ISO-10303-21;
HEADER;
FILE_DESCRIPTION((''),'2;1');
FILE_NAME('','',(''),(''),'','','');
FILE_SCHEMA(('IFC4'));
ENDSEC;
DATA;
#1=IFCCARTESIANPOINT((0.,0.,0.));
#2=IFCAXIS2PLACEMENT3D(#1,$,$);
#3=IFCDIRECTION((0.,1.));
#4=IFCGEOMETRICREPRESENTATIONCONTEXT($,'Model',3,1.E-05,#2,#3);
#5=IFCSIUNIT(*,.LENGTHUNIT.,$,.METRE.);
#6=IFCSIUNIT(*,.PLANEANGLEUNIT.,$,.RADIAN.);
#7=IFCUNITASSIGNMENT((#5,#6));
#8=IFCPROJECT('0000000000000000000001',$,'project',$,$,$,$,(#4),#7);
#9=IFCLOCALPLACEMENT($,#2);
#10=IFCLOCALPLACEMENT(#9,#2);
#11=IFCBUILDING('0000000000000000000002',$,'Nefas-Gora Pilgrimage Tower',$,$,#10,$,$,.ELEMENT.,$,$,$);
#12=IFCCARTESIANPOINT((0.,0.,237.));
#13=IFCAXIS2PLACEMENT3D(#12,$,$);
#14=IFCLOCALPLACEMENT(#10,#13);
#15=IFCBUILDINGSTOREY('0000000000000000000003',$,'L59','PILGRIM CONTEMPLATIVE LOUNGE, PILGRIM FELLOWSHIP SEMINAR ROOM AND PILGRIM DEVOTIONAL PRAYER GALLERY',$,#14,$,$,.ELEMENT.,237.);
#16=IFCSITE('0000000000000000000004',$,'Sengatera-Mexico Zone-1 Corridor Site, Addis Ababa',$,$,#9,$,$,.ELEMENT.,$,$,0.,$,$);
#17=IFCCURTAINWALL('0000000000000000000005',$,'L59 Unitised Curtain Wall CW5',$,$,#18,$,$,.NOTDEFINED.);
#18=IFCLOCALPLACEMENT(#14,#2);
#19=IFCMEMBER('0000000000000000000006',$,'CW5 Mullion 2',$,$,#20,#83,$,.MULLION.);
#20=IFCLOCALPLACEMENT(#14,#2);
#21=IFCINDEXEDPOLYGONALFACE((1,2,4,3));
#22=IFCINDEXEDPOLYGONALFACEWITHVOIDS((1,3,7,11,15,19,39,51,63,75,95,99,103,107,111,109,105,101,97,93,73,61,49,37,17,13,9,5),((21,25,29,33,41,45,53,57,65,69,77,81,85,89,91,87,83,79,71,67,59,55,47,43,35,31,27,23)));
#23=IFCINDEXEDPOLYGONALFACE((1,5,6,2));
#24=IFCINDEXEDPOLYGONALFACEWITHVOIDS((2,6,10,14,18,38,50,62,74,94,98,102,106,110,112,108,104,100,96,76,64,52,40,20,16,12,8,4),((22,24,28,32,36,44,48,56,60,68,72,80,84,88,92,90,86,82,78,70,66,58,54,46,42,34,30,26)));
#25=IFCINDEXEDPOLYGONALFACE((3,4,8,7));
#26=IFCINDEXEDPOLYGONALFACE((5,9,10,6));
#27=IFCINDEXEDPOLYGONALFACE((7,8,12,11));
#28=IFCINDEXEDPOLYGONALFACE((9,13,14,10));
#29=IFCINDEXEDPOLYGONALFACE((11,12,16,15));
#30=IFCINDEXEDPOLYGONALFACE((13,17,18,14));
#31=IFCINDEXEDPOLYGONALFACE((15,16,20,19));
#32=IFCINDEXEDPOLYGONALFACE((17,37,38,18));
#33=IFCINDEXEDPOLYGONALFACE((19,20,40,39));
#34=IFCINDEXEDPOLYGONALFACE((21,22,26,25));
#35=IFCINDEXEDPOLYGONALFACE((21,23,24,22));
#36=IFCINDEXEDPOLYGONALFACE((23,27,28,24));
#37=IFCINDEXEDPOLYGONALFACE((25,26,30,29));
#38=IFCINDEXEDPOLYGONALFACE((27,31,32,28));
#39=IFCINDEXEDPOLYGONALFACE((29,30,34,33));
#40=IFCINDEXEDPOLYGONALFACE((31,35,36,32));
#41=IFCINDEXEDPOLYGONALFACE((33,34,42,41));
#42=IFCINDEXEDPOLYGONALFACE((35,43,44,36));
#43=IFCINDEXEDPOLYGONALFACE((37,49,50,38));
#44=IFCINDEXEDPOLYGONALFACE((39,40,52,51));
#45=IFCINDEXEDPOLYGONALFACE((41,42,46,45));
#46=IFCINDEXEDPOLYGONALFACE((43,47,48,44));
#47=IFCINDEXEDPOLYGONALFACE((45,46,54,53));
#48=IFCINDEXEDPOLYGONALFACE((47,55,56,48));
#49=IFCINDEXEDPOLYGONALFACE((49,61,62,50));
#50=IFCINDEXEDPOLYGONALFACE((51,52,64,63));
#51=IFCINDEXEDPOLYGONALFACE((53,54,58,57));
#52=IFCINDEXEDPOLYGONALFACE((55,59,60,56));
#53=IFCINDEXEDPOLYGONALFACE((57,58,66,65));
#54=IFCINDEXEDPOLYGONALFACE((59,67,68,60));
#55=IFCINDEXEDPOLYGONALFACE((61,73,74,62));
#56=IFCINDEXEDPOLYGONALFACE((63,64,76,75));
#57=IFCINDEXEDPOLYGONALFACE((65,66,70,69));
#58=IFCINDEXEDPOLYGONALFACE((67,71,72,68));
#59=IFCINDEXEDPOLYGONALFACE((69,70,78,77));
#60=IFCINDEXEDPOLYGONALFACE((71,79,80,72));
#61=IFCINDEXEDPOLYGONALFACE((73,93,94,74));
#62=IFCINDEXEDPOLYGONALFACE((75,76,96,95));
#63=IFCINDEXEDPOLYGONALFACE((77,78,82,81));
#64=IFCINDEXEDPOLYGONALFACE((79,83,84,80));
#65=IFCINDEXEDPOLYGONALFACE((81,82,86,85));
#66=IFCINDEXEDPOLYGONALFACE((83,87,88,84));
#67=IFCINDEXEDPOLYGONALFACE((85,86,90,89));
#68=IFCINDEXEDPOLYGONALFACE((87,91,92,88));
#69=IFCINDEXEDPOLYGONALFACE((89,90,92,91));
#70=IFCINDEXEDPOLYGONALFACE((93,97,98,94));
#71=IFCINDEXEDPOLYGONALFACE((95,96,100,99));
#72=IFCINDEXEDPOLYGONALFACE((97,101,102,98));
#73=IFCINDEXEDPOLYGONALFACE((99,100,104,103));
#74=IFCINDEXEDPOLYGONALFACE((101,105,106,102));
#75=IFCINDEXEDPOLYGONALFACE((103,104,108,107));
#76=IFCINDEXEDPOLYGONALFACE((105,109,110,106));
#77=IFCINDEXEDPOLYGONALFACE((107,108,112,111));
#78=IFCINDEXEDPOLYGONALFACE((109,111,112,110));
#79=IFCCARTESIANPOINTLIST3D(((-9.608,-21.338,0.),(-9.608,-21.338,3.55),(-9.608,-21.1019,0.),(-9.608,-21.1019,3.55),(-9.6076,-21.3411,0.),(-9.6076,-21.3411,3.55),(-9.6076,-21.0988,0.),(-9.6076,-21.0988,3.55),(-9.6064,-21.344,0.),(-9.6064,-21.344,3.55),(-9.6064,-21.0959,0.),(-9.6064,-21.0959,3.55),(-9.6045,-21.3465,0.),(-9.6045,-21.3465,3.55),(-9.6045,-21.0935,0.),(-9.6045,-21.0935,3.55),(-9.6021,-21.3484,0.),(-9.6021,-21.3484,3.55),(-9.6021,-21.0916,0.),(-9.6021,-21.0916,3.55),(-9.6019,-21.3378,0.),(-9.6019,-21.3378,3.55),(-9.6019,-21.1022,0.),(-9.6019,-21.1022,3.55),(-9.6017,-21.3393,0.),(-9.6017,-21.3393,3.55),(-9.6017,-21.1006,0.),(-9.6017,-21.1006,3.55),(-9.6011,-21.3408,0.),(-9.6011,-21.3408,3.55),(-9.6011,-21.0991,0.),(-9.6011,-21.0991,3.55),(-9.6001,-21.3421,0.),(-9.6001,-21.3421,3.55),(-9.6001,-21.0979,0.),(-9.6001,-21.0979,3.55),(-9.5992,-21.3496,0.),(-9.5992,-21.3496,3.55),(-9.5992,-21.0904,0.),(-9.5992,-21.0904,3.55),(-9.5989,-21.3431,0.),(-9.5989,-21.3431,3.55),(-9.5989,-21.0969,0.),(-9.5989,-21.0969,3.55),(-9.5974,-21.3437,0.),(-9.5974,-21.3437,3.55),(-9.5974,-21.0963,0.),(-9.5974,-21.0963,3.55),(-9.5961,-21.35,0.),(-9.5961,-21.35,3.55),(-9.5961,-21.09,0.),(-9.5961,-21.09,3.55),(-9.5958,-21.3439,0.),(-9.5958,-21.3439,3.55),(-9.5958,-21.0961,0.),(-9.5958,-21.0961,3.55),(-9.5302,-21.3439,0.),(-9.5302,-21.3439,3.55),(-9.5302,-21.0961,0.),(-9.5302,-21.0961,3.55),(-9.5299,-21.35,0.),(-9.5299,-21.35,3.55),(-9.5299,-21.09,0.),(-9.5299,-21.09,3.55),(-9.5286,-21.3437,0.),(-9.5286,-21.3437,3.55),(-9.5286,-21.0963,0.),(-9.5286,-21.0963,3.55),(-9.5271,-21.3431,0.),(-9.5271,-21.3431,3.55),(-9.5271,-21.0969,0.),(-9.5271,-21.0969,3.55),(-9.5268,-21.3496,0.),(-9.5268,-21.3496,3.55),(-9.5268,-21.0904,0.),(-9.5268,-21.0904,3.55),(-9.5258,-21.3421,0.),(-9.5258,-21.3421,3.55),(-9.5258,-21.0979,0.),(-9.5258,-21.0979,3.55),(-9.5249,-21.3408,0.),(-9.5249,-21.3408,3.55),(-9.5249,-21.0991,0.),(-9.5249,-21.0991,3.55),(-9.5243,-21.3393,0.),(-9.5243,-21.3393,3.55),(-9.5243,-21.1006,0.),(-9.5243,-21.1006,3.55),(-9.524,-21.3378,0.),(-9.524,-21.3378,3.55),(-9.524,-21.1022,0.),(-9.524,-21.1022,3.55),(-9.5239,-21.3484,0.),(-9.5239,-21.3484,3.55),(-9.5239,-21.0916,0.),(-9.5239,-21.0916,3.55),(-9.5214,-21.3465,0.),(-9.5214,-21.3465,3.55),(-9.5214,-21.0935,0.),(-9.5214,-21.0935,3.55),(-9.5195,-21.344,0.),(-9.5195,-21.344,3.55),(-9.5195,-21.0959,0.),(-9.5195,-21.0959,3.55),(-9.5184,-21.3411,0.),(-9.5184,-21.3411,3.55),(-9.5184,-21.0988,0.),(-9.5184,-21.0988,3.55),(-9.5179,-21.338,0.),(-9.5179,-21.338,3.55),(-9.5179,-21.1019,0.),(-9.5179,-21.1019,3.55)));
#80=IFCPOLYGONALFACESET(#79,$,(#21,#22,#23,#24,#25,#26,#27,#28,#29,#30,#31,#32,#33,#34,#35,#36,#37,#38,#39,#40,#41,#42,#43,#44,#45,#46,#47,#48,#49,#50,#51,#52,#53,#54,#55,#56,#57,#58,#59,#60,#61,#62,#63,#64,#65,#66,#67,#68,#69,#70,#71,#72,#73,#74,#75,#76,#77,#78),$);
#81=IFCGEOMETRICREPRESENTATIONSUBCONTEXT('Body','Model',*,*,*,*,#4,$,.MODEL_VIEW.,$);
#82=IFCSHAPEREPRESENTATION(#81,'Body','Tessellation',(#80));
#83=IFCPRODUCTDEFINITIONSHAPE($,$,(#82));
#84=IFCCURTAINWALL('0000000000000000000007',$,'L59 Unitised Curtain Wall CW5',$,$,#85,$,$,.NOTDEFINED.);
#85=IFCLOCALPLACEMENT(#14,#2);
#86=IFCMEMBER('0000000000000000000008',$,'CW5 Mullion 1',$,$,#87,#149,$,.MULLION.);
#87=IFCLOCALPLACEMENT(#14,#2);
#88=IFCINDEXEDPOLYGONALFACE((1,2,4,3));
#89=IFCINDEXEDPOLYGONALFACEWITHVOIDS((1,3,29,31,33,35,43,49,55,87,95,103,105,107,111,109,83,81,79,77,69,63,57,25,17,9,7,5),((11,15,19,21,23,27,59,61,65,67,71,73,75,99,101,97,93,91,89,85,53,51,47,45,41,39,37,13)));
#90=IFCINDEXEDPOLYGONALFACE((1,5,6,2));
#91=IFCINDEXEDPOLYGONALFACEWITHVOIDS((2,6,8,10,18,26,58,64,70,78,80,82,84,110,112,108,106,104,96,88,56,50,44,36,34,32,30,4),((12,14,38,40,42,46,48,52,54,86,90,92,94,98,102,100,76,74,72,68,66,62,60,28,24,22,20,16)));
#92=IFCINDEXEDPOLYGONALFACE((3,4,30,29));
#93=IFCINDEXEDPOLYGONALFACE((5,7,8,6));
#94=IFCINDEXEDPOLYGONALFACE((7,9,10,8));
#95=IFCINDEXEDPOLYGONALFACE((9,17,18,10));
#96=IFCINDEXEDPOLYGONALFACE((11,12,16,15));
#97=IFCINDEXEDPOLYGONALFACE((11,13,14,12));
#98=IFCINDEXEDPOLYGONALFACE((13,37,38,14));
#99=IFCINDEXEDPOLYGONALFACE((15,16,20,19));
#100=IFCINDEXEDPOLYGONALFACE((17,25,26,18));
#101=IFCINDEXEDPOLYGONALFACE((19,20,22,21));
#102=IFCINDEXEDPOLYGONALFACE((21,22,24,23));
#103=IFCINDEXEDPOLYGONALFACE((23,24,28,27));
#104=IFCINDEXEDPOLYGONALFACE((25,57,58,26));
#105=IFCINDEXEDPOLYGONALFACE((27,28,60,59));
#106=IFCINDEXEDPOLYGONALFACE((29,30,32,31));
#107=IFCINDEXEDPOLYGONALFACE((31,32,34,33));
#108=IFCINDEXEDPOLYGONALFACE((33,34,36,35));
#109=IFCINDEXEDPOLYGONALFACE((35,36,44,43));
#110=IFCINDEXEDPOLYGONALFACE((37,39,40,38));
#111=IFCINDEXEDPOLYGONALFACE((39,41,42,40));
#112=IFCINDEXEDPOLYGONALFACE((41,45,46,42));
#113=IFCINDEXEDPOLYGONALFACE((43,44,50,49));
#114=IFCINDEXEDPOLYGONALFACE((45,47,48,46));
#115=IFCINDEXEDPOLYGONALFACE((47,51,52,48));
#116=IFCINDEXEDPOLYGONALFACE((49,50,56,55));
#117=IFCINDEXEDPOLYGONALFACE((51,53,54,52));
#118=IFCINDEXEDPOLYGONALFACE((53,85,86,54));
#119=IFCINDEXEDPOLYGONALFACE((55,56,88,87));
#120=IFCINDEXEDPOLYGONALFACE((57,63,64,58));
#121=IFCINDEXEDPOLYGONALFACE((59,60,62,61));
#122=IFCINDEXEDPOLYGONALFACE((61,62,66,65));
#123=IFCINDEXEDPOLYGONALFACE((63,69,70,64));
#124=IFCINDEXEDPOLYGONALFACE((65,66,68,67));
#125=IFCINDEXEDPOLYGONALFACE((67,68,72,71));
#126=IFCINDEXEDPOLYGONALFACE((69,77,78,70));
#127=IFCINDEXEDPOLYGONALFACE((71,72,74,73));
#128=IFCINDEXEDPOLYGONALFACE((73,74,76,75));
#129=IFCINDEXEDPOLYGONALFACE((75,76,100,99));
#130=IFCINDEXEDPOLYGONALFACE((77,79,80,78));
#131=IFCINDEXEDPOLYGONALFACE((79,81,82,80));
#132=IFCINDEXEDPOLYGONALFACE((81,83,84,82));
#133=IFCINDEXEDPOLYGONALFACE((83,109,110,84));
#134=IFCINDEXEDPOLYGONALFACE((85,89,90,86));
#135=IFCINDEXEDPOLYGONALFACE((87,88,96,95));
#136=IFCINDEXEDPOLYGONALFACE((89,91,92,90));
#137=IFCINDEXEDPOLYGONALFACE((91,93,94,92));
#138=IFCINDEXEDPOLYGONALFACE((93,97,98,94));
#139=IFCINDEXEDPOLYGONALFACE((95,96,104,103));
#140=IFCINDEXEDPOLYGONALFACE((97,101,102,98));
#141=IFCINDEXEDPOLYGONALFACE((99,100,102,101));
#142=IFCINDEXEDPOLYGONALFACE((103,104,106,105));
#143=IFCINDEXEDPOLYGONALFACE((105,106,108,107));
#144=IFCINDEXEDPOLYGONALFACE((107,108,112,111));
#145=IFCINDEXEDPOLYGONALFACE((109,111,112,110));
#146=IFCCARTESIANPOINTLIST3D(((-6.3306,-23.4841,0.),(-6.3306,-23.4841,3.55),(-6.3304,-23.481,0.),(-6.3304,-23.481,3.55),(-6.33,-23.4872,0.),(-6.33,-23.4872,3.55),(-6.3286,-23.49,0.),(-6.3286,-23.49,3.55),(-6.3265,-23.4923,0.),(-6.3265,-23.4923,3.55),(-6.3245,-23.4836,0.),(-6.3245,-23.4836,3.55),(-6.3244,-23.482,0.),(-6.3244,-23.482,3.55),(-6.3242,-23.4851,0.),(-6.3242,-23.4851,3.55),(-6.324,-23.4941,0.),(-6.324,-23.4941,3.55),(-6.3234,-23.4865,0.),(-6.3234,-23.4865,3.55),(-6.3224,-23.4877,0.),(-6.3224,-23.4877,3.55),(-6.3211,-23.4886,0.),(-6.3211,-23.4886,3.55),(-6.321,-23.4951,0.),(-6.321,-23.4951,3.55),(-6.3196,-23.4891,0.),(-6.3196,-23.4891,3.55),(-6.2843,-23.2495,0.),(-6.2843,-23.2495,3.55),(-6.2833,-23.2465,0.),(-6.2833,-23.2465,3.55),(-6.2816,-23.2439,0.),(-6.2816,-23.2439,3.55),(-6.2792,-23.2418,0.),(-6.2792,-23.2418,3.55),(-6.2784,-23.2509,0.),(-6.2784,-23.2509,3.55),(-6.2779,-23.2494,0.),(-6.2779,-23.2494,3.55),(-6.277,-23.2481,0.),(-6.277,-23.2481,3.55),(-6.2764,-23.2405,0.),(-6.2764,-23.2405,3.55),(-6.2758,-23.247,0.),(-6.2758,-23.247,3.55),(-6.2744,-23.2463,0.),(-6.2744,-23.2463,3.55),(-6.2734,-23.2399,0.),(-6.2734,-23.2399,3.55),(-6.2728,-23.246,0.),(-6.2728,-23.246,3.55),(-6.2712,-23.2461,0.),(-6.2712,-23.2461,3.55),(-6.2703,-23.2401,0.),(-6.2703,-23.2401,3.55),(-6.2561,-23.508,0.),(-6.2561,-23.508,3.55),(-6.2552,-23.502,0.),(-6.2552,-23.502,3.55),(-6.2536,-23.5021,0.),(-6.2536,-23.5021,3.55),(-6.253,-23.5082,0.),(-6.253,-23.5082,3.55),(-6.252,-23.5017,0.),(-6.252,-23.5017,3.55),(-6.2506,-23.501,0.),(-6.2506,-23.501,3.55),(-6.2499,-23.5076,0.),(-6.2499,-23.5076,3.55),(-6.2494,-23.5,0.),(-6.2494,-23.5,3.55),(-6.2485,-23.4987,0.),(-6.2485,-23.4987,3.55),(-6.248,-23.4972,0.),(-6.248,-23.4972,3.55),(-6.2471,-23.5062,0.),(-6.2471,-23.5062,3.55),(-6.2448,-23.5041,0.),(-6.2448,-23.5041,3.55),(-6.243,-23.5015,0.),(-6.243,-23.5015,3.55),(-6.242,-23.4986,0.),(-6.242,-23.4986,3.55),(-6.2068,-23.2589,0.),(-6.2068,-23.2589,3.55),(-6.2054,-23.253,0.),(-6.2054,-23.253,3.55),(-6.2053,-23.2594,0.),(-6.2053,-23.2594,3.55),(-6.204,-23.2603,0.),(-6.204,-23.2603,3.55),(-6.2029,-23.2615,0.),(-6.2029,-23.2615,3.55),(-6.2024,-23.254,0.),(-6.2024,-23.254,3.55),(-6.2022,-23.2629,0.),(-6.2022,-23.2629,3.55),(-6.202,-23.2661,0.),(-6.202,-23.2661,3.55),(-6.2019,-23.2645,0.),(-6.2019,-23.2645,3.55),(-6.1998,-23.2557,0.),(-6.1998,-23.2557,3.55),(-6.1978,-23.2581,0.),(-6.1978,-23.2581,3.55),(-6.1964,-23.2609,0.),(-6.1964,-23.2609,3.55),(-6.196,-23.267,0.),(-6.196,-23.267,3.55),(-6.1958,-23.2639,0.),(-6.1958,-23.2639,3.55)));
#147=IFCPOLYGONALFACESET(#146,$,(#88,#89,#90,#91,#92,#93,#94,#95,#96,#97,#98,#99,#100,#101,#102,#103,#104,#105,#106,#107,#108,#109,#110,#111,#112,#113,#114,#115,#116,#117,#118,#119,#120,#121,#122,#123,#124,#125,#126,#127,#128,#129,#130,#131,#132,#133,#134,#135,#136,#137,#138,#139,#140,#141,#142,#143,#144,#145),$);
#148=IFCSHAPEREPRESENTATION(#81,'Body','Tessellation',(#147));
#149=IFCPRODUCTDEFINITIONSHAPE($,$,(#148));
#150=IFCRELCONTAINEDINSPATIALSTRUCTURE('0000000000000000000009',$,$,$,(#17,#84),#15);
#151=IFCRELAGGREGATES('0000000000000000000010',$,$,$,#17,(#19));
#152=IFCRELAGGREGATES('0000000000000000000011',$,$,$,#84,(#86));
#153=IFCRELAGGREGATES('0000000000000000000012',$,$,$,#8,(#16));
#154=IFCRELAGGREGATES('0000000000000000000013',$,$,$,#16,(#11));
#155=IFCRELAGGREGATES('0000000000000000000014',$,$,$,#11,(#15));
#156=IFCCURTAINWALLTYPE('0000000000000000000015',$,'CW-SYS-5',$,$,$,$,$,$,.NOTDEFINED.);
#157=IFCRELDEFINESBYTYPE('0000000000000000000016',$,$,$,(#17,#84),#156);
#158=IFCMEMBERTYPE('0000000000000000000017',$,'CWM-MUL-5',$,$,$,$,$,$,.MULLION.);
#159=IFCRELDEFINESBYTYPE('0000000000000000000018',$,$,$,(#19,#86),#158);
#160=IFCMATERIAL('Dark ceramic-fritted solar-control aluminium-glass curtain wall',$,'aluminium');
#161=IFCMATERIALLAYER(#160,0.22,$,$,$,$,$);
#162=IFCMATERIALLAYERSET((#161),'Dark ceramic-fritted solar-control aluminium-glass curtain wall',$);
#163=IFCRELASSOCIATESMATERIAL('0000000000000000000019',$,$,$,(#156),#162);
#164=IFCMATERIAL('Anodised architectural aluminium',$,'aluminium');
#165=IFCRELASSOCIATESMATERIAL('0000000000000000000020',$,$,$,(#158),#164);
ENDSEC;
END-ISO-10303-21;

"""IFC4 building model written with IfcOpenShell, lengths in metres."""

from ifc_helpers import new_model, si_unit, direction, frame, origin, origin_2d, place, context, subcontext, project, spatial, hollow_rectangle, extrude, source, transform, mapped, material, layer, layer_set, material_profile, profile_set, type_object, element, aggregate, save


model = new_model("IFC4")

# Units and contexts
model_context = context("Model", 3, precision=1e-05, world=origin(), true_north=direction((0.0, 1.0)))
body_context = subcontext(model_context, "Body", "Model", "MODEL_VIEW")
ifc_project = project(units=[si_unit("LENGTHUNIT", "METRE"), si_unit("PLANEANGLEUNIT", "RADIAN")], contexts=[model_context])

# Site, building, storey
site_placement = place(None, origin())
site = spatial("IfcSite", under=ifc_project, at=site_placement, Name="Sengatera-Mexico Zone-1 Corridor Site, Addis Ababa", CompositionType="ELEMENT", RefElevation=0.0)
building_placement = place(site_placement, origin())
building = spatial("IfcBuilding", under=site, at=building_placement, Name="Nefas-Gora Pilgrimage Tower", CompositionType="ELEMENT")
storey_placement = place(building_placement, frame((0.0, 0.0, 237.0)))
storey = spatial("IfcBuildingStorey", under=building, at=storey_placement, Name="L59", Description="PILGRIM CONTEMPLATIVE LOUNGE, PILGRIM FELLOWSHIP SEMINAR ROOM AND PILGRIM DEVOTIONAL PRAYER GALLERY", CompositionType="ELEMENT", Elevation=237.0)

# Curtain wall, member
ifc_material_1 = material(Name="Dark ceramic-fritted solar-control aluminium-glass curtain wall", Category="aluminium")
ifc_layer_1 = layer(ifc_material_1, 0.22)
ifc_layer_set_1 = layer_set([ifc_layer_1], Name="Dark ceramic-fritted solar-control aluminium-glass curtain wall")
curtain_wall_type = type_object("IfcCurtainWallType", Name="CW-SYS-5", PredefinedType="NOTDEFINED", material=ifc_layer_set_1)
curtain_wall_1_placement = place(storey_placement, origin())
curtain_wall_1 = element("IfcCurtainWall", 1, at=curtain_wall_1_placement, inside=storey, type_object=curtain_wall_type, Name="L59 Unitised Curtain Wall CW5", PredefinedType="NOTDEFINED")
ifc_material_2 = material(Name="Anodised architectural aluminium", Category="aluminium")
ifc_material_profile_1 = material_profile(ifc_material_2, hollow_rectangle(XDim=0.0901, YDim=0.26, WallThickness=0.0061, InnerFilletRadius=0.0061, OuterFilletRadius=0.012, at=origin_2d()), Name="ALU MULLION 90x260")
ifc_profile_set_1 = profile_set([ifc_material_profile_1], Name="Anodised architectural aluminium")
member_type_1 = type_object("IfcMemberType", Name="CWM-MUL-5", PredefinedType="MULLION", material=ifc_profile_set_1)
shared_shape_1 = source(origin(), body_context, "Body", "SweptSolid", [
    extrude(hollow_rectangle(XDim=0.0901, YDim=0.26, WallThickness=0.0061, InnerFilletRadius=0.0061, OuterFilletRadius=0.012, at=origin_2d()), origin(), (0.0, 0.0, 1.0), 3.55),
])
member_1_placement = place(storey_placement, frame((-9.563, -21.22, 0.0), z_axis=(0.0, 0.0, 1.0), x_axis=(1.0, 0.0, 0.0)))
member_1 = element("IfcMember", 2, at=member_1_placement, type_object=member_type_1, Name="CW5 Mullion 2", PredefinedType="MULLION", context=body_context, shape_type="MappedRepresentation", body=[
    mapped(shared_shape_1, transform((0.0, 0.0, 0.0), x_axis=(1.0, 0.0, 0.0), y_axis=(0.0, 1.0, 0.0), z_axis=(0.0, 0.0, 1.0), scale=1.0)),
])
aggregate(curtain_wall_1, [member_1])

# Curtain wall, member
curtain_wall_2_placement = place(storey_placement, origin())
curtain_wall_2 = element("IfcCurtainWall", 3, at=curtain_wall_2_placement, inside=storey, type_object=curtain_wall_type, Name="L59 Unitised Curtain Wall CW5", PredefinedType="NOTDEFINED")
member_2_placement = place(storey_placement, frame((-6.2632, -23.374, 0.0), z_axis=(0.0, 0.0, 1.0), x_axis=(0.980783, -0.195102, 0.0)))
member_2 = element("IfcMember", 4, at=member_2_placement, type_object=member_type_1, Name="CW5 Mullion 1", PredefinedType="MULLION", context=body_context, shape_type="MappedRepresentation", body=[
    mapped(shared_shape_1, transform((0.0, 0.0, 0.0), x_axis=(1.0, 0.0, 0.0), y_axis=(0.0, 1.0, 0.0), z_axis=(0.0, 0.0, 1.0), scale=1.0)),
])

aggregate(curtain_wall_2, [member_2])

save(model, "model.ifc")
